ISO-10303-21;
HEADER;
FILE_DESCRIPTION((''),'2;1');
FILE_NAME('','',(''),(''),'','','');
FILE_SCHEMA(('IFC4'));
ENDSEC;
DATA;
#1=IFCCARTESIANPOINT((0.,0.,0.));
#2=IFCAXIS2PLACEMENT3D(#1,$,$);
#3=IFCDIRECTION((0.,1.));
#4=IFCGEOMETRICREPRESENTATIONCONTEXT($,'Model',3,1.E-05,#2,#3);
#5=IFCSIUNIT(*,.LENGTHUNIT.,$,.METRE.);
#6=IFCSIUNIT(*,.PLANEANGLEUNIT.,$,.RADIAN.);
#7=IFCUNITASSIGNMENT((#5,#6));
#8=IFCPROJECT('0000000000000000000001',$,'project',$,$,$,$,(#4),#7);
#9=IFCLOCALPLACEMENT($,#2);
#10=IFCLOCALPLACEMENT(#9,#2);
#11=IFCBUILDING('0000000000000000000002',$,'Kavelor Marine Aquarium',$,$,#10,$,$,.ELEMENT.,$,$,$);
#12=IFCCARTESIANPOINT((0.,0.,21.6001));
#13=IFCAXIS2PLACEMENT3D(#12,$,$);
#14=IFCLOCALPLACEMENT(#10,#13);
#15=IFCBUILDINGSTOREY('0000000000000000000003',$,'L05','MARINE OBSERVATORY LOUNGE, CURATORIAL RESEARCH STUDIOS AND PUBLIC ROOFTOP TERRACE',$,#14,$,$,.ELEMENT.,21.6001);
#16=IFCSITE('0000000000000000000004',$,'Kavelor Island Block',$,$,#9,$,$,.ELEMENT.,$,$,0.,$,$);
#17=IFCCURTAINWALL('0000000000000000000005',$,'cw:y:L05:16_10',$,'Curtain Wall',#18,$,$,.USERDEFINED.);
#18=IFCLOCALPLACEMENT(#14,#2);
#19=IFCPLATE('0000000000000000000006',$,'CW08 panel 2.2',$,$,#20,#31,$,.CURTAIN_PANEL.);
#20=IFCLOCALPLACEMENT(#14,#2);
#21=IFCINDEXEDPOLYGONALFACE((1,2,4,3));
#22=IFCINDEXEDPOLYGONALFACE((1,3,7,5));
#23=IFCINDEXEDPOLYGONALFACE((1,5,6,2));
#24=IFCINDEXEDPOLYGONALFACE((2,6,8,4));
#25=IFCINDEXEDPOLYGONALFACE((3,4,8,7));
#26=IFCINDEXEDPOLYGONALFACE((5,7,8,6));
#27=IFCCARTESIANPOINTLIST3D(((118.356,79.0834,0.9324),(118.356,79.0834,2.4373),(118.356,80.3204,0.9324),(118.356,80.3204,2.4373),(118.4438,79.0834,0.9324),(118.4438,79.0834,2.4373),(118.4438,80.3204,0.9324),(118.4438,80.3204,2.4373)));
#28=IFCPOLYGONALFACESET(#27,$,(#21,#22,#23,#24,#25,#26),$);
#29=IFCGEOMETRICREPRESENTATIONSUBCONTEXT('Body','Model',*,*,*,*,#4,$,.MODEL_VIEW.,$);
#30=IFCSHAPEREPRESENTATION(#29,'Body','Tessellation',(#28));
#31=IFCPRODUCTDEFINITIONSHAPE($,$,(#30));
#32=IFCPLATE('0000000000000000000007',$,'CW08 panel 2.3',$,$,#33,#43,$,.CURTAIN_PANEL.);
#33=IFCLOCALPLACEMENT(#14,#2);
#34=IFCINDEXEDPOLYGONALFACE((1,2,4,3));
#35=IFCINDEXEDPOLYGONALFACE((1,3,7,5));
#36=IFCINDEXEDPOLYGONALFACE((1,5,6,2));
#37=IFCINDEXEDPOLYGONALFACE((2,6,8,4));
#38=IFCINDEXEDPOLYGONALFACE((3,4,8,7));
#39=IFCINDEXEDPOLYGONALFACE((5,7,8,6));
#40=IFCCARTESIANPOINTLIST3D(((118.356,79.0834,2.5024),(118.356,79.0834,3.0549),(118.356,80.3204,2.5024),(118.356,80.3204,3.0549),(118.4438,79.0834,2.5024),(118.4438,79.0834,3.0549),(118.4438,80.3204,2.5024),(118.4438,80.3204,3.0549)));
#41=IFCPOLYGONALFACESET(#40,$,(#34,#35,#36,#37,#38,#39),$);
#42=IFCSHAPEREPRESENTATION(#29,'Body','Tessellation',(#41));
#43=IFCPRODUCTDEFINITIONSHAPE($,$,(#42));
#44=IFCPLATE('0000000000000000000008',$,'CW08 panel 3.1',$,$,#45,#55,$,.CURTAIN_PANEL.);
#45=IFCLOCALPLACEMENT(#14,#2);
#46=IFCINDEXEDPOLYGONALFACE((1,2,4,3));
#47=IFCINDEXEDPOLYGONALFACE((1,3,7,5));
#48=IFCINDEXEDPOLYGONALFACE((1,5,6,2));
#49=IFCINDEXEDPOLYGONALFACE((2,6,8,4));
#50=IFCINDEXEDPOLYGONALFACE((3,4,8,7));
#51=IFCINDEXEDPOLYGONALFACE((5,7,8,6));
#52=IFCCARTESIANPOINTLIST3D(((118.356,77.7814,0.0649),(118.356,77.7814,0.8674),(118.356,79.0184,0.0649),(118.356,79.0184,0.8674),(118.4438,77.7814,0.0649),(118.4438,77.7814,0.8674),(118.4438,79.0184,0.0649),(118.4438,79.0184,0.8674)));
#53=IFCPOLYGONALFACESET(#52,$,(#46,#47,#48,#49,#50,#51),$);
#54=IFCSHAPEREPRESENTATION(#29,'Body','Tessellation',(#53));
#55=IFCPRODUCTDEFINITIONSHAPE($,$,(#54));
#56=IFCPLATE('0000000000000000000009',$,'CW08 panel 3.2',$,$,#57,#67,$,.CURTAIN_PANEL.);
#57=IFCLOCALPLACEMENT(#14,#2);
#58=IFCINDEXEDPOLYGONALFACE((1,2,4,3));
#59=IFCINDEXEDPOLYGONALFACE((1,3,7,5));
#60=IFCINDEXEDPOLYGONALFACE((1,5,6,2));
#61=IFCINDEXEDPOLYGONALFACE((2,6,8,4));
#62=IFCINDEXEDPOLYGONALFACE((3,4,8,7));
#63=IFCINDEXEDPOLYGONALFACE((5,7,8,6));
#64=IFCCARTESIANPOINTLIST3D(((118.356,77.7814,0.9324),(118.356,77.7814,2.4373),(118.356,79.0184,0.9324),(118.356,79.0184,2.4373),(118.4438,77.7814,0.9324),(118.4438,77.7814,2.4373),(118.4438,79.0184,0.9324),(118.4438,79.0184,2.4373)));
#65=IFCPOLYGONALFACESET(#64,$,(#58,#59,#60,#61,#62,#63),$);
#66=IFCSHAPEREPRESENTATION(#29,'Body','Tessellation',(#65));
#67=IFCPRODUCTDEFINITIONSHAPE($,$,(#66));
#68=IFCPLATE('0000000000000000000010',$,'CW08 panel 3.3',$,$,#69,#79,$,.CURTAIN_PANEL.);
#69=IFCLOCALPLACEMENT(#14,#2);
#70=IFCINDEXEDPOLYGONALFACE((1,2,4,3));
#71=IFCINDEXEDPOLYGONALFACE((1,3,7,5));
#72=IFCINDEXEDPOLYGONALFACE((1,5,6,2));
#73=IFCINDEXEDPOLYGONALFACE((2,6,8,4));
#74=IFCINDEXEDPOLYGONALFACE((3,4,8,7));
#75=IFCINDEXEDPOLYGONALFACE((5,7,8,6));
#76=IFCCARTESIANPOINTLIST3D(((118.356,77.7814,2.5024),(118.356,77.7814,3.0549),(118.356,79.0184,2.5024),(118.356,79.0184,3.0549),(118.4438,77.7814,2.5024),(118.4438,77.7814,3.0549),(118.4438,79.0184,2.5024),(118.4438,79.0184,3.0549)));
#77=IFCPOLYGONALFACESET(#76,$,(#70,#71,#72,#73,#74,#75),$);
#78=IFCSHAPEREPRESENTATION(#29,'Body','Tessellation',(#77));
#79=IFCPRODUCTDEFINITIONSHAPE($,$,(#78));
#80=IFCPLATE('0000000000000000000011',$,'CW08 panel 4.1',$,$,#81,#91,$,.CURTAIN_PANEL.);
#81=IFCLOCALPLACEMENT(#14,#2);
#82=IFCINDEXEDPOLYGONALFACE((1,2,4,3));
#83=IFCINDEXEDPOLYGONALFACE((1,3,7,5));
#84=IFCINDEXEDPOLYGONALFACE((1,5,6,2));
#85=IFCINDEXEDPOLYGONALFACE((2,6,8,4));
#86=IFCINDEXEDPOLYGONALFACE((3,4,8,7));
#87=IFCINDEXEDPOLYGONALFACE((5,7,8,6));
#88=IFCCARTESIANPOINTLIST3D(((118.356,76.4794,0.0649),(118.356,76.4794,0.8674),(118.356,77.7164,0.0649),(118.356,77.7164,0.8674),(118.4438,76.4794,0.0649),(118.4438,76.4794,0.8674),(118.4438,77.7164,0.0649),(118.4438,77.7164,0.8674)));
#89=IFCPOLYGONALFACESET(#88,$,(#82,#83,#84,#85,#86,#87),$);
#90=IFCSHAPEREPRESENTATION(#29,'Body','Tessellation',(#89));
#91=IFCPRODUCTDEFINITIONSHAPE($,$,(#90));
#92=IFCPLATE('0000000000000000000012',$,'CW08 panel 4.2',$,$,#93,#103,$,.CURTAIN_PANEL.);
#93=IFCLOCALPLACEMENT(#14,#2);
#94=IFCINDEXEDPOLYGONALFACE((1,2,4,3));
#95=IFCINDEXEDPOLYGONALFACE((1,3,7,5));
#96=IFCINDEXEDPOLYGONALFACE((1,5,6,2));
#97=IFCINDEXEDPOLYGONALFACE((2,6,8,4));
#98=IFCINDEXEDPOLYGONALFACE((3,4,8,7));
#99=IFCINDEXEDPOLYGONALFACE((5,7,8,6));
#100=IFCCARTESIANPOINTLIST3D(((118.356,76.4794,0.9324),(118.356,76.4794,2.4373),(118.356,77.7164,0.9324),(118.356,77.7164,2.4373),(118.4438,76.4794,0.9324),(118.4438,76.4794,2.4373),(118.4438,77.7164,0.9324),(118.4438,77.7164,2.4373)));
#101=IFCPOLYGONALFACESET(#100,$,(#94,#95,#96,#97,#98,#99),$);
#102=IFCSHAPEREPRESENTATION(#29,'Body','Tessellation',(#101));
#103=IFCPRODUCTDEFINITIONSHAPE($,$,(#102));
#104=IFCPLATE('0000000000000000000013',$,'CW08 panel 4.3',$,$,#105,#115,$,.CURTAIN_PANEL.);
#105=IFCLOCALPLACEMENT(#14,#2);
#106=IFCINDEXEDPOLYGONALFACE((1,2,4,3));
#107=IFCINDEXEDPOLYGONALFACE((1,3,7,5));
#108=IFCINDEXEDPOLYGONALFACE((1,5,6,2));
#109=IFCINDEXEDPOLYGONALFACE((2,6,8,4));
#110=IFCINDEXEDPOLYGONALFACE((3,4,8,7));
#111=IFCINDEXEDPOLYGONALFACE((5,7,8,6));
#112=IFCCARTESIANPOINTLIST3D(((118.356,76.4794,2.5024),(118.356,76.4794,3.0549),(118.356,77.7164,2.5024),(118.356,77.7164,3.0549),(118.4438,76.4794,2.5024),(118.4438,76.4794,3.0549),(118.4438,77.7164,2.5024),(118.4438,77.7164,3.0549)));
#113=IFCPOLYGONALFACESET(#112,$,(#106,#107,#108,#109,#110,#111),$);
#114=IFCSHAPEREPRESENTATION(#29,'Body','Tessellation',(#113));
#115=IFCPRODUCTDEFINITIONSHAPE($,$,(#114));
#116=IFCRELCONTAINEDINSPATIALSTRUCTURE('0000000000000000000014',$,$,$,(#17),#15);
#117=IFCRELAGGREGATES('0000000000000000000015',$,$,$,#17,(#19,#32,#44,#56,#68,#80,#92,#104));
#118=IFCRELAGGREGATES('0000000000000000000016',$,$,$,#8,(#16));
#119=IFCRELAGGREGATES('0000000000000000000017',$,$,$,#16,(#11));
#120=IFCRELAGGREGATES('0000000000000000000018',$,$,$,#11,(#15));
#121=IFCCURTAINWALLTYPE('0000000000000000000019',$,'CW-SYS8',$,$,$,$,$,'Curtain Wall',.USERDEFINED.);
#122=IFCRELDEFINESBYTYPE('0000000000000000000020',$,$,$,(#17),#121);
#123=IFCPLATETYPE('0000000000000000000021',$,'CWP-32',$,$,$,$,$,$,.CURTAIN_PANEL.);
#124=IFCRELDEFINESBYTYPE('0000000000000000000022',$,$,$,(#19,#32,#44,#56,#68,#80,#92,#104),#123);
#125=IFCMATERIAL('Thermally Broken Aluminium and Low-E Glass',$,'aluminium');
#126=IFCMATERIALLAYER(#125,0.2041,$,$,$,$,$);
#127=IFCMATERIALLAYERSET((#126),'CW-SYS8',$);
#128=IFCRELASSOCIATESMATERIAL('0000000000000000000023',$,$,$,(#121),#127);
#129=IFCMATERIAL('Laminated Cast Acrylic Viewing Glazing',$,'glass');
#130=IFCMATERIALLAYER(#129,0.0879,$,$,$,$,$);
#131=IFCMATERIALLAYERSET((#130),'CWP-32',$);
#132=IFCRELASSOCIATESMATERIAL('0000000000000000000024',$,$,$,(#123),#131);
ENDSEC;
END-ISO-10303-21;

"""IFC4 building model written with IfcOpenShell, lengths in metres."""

from ifc_helpers import new_model, si_unit, direction, frame, origin, origin_2d, place, context, subcontext, project, spatial, rectangle, extrude, material, layer, layer_set, type_object, element, aggregate, save


model = new_model("IFC4")

# Units and contexts
model_context = context("Model", 3, precision=1e-05, world=origin(), true_north=direction((0.0, 1.0)))
body_context = subcontext(model_context, "Body", "Model", "MODEL_VIEW")
ifc_project = project(units=[si_unit("LENGTHUNIT", "METRE"), si_unit("PLANEANGLEUNIT", "RADIAN")], contexts=[model_context])

# Site, building, storey
site_placement = place(None, origin())
site = spatial("IfcSite", under=ifc_project, at=site_placement, Name="Kavelor Island Block", CompositionType="ELEMENT", RefElevation=0.0)
building_placement = place(site_placement, origin())
building = spatial("IfcBuilding", under=site, at=building_placement, Name="Kavelor Marine Aquarium", CompositionType="ELEMENT")
storey_placement = place(building_placement, frame((0.0, 0.0, 21.6001)))
storey = spatial("IfcBuildingStorey", under=building, at=storey_placement, Name="L05", Description="MARINE OBSERVATORY LOUNGE, CURATORIAL RESEARCH STUDIOS AND PUBLIC ROOFTOP TERRACE", CompositionType="ELEMENT", Elevation=21.6001)

# Curtain wall, plates
ifc_material_1 = material(Name="Thermally Broken Aluminium and Low-E Glass", Category="aluminium")
ifc_layer_1 = layer(ifc_material_1, 0.2041)
ifc_layer_set_1 = layer_set([ifc_layer_1], Name="CW-SYS8")
curtain_wall_type = type_object("IfcCurtainWallType", Name="CW-SYS8", ElementType="Curtain Wall", PredefinedType="USERDEFINED", material=ifc_layer_set_1)
curtain_wall_placement = place(storey_placement, origin())
curtain_wall = element("IfcCurtainWall", 1, at=curtain_wall_placement, inside=storey, type_object=curtain_wall_type, Name="cw:y:L05:16_10", ObjectType="Curtain Wall", PredefinedType="USERDEFINED")
ifc_material_2 = material(Name="Laminated Cast Acrylic Viewing Glazing", Category="glass")
ifc_layer_2 = layer(ifc_material_2, 0.0879)
ifc_layer_set_2 = layer_set([ifc_layer_2], Name="CWP-32")
plate_type = type_object("IfcPlateType", Name="CWP-32", PredefinedType="CURTAIN_PANEL", material=ifc_layer_set_2)
plate_1_placement = place(storey_placement, frame((118.3999, 79.7019, 0.9324), z_axis=(0.0, 0.0, 1.0), x_axis=(0.0, -1.0, 0.0)))
plate_1 = element("IfcPlate", 2, at=plate_1_placement, type_object=plate_type, Name="CW08 panel 2.2", PredefinedType="CURTAIN_PANEL", context=body_context, shape_type="SweptSolid", body=[
    extrude(rectangle(XDim=1.2371, YDim=0.0879, at=origin_2d()), origin(), (0.0, 0.0, 1.0), 1.5049),
])
plate_2_placement = place(storey_placement, frame((118.3999, 79.7019, 2.5024), z_axis=(0.0, 0.0, 1.0), x_axis=(0.0, -1.0, 0.0)))
plate_2 = element("IfcPlate", 3, at=plate_2_placement, type_object=plate_type, Name="CW08 panel 2.3", PredefinedType="CURTAIN_PANEL", context=body_context, shape_type="SweptSolid", body=[
    extrude(rectangle(XDim=1.2371, YDim=0.0879, at=origin_2d()), origin(), (0.0, 0.0, 1.0), 0.5525),
])
plate_3_placement = place(storey_placement, frame((118.3999, 78.3999, 0.0649), z_axis=(0.0, 0.0, 1.0), x_axis=(0.0, -1.0, 0.0)))
plate_3 = element("IfcPlate", 4, at=plate_3_placement, type_object=plate_type, Name="CW08 panel 3.1", PredefinedType="CURTAIN_PANEL", context=body_context, shape_type="SweptSolid", body=[
    extrude(rectangle(XDim=1.2371, YDim=0.0879, at=origin_2d()), origin(), (0.0, 0.0, 1.0), 0.8025),
])
plate_4_placement = place(storey_placement, frame((118.3999, 78.3999, 0.9324), z_axis=(0.0, 0.0, 1.0), x_axis=(0.0, -1.0, 0.0)))
plate_4 = element("IfcPlate", 5, at=plate_4_placement, type_object=plate_type, Name="CW08 panel 3.2", PredefinedType="CURTAIN_PANEL", context=body_context, shape_type="SweptSolid", body=[
    extrude(rectangle(XDim=1.2371, YDim=0.0879, at=origin_2d()), origin(), (0.0, 0.0, 1.0), 1.5049),
])
plate_5_placement = place(storey_placement, frame((118.3999, 78.3999, 2.5024), z_axis=(0.0, 0.0, 1.0), x_axis=(0.0, -1.0, 0.0)))
plate_5 = element("IfcPlate", 6, at=plate_5_placement, type_object=plate_type, Name="CW08 panel 3.3", PredefinedType="CURTAIN_PANEL", context=body_context, shape_type="SweptSolid", body=[
    extrude(rectangle(XDim=1.2371, YDim=0.0879, at=origin_2d()), origin(), (0.0, 0.0, 1.0), 0.5525),
])
plate_6_placement = place(storey_placement, frame((118.3999, 77.0979, 0.0649), z_axis=(0.0, 0.0, 1.0), x_axis=(0.0, -1.0, 0.0)))
plate_6 = element("IfcPlate", 7, at=plate_6_placement, type_object=plate_type, Name="CW08 panel 4.1", PredefinedType="CURTAIN_PANEL", context=body_context, shape_type="SweptSolid", body=[
    extrude(rectangle(XDim=1.2371, YDim=0.0879, at=origin_2d()), origin(), (0.0, 0.0, 1.0), 0.8025),
])
plate_7_placement = place(storey_placement, frame((118.3999, 77.0979, 0.9324), z_axis=(0.0, 0.0, 1.0), x_axis=(0.0, -1.0, 0.0)))
plate_7 = element("IfcPlate", 8, at=plate_7_placement, type_object=plate_type, Name="CW08 panel 4.2", PredefinedType="CURTAIN_PANEL", context=body_context, shape_type="SweptSolid", body=[
    extrude(rectangle(XDim=1.2371, YDim=0.0879, at=origin_2d()), origin(), (0.0, 0.0, 1.0), 1.5049),
])
plate_8_placement = place(storey_placement, frame((118.3999, 77.0979, 2.5024), z_axis=(0.0, 0.0, 1.0), x_axis=(0.0, -1.0, 0.0)))
plate_8 = element("IfcPlate", 9, at=plate_8_placement, type_object=plate_type, Name="CW08 panel 4.3", PredefinedType="CURTAIN_PANEL", context=body_context, shape_type="SweptSolid", body=[
    extrude(rectangle(XDim=1.2371, YDim=0.0879, at=origin_2d()), origin(), (0.0, 0.0, 1.0), 0.5525),
])
aggregate(curtain_wall, [plate_1, plate_2, plate_3, plate_4, plate_5, plate_6, plate_7, plate_8])

save(model, "model.ifc")
